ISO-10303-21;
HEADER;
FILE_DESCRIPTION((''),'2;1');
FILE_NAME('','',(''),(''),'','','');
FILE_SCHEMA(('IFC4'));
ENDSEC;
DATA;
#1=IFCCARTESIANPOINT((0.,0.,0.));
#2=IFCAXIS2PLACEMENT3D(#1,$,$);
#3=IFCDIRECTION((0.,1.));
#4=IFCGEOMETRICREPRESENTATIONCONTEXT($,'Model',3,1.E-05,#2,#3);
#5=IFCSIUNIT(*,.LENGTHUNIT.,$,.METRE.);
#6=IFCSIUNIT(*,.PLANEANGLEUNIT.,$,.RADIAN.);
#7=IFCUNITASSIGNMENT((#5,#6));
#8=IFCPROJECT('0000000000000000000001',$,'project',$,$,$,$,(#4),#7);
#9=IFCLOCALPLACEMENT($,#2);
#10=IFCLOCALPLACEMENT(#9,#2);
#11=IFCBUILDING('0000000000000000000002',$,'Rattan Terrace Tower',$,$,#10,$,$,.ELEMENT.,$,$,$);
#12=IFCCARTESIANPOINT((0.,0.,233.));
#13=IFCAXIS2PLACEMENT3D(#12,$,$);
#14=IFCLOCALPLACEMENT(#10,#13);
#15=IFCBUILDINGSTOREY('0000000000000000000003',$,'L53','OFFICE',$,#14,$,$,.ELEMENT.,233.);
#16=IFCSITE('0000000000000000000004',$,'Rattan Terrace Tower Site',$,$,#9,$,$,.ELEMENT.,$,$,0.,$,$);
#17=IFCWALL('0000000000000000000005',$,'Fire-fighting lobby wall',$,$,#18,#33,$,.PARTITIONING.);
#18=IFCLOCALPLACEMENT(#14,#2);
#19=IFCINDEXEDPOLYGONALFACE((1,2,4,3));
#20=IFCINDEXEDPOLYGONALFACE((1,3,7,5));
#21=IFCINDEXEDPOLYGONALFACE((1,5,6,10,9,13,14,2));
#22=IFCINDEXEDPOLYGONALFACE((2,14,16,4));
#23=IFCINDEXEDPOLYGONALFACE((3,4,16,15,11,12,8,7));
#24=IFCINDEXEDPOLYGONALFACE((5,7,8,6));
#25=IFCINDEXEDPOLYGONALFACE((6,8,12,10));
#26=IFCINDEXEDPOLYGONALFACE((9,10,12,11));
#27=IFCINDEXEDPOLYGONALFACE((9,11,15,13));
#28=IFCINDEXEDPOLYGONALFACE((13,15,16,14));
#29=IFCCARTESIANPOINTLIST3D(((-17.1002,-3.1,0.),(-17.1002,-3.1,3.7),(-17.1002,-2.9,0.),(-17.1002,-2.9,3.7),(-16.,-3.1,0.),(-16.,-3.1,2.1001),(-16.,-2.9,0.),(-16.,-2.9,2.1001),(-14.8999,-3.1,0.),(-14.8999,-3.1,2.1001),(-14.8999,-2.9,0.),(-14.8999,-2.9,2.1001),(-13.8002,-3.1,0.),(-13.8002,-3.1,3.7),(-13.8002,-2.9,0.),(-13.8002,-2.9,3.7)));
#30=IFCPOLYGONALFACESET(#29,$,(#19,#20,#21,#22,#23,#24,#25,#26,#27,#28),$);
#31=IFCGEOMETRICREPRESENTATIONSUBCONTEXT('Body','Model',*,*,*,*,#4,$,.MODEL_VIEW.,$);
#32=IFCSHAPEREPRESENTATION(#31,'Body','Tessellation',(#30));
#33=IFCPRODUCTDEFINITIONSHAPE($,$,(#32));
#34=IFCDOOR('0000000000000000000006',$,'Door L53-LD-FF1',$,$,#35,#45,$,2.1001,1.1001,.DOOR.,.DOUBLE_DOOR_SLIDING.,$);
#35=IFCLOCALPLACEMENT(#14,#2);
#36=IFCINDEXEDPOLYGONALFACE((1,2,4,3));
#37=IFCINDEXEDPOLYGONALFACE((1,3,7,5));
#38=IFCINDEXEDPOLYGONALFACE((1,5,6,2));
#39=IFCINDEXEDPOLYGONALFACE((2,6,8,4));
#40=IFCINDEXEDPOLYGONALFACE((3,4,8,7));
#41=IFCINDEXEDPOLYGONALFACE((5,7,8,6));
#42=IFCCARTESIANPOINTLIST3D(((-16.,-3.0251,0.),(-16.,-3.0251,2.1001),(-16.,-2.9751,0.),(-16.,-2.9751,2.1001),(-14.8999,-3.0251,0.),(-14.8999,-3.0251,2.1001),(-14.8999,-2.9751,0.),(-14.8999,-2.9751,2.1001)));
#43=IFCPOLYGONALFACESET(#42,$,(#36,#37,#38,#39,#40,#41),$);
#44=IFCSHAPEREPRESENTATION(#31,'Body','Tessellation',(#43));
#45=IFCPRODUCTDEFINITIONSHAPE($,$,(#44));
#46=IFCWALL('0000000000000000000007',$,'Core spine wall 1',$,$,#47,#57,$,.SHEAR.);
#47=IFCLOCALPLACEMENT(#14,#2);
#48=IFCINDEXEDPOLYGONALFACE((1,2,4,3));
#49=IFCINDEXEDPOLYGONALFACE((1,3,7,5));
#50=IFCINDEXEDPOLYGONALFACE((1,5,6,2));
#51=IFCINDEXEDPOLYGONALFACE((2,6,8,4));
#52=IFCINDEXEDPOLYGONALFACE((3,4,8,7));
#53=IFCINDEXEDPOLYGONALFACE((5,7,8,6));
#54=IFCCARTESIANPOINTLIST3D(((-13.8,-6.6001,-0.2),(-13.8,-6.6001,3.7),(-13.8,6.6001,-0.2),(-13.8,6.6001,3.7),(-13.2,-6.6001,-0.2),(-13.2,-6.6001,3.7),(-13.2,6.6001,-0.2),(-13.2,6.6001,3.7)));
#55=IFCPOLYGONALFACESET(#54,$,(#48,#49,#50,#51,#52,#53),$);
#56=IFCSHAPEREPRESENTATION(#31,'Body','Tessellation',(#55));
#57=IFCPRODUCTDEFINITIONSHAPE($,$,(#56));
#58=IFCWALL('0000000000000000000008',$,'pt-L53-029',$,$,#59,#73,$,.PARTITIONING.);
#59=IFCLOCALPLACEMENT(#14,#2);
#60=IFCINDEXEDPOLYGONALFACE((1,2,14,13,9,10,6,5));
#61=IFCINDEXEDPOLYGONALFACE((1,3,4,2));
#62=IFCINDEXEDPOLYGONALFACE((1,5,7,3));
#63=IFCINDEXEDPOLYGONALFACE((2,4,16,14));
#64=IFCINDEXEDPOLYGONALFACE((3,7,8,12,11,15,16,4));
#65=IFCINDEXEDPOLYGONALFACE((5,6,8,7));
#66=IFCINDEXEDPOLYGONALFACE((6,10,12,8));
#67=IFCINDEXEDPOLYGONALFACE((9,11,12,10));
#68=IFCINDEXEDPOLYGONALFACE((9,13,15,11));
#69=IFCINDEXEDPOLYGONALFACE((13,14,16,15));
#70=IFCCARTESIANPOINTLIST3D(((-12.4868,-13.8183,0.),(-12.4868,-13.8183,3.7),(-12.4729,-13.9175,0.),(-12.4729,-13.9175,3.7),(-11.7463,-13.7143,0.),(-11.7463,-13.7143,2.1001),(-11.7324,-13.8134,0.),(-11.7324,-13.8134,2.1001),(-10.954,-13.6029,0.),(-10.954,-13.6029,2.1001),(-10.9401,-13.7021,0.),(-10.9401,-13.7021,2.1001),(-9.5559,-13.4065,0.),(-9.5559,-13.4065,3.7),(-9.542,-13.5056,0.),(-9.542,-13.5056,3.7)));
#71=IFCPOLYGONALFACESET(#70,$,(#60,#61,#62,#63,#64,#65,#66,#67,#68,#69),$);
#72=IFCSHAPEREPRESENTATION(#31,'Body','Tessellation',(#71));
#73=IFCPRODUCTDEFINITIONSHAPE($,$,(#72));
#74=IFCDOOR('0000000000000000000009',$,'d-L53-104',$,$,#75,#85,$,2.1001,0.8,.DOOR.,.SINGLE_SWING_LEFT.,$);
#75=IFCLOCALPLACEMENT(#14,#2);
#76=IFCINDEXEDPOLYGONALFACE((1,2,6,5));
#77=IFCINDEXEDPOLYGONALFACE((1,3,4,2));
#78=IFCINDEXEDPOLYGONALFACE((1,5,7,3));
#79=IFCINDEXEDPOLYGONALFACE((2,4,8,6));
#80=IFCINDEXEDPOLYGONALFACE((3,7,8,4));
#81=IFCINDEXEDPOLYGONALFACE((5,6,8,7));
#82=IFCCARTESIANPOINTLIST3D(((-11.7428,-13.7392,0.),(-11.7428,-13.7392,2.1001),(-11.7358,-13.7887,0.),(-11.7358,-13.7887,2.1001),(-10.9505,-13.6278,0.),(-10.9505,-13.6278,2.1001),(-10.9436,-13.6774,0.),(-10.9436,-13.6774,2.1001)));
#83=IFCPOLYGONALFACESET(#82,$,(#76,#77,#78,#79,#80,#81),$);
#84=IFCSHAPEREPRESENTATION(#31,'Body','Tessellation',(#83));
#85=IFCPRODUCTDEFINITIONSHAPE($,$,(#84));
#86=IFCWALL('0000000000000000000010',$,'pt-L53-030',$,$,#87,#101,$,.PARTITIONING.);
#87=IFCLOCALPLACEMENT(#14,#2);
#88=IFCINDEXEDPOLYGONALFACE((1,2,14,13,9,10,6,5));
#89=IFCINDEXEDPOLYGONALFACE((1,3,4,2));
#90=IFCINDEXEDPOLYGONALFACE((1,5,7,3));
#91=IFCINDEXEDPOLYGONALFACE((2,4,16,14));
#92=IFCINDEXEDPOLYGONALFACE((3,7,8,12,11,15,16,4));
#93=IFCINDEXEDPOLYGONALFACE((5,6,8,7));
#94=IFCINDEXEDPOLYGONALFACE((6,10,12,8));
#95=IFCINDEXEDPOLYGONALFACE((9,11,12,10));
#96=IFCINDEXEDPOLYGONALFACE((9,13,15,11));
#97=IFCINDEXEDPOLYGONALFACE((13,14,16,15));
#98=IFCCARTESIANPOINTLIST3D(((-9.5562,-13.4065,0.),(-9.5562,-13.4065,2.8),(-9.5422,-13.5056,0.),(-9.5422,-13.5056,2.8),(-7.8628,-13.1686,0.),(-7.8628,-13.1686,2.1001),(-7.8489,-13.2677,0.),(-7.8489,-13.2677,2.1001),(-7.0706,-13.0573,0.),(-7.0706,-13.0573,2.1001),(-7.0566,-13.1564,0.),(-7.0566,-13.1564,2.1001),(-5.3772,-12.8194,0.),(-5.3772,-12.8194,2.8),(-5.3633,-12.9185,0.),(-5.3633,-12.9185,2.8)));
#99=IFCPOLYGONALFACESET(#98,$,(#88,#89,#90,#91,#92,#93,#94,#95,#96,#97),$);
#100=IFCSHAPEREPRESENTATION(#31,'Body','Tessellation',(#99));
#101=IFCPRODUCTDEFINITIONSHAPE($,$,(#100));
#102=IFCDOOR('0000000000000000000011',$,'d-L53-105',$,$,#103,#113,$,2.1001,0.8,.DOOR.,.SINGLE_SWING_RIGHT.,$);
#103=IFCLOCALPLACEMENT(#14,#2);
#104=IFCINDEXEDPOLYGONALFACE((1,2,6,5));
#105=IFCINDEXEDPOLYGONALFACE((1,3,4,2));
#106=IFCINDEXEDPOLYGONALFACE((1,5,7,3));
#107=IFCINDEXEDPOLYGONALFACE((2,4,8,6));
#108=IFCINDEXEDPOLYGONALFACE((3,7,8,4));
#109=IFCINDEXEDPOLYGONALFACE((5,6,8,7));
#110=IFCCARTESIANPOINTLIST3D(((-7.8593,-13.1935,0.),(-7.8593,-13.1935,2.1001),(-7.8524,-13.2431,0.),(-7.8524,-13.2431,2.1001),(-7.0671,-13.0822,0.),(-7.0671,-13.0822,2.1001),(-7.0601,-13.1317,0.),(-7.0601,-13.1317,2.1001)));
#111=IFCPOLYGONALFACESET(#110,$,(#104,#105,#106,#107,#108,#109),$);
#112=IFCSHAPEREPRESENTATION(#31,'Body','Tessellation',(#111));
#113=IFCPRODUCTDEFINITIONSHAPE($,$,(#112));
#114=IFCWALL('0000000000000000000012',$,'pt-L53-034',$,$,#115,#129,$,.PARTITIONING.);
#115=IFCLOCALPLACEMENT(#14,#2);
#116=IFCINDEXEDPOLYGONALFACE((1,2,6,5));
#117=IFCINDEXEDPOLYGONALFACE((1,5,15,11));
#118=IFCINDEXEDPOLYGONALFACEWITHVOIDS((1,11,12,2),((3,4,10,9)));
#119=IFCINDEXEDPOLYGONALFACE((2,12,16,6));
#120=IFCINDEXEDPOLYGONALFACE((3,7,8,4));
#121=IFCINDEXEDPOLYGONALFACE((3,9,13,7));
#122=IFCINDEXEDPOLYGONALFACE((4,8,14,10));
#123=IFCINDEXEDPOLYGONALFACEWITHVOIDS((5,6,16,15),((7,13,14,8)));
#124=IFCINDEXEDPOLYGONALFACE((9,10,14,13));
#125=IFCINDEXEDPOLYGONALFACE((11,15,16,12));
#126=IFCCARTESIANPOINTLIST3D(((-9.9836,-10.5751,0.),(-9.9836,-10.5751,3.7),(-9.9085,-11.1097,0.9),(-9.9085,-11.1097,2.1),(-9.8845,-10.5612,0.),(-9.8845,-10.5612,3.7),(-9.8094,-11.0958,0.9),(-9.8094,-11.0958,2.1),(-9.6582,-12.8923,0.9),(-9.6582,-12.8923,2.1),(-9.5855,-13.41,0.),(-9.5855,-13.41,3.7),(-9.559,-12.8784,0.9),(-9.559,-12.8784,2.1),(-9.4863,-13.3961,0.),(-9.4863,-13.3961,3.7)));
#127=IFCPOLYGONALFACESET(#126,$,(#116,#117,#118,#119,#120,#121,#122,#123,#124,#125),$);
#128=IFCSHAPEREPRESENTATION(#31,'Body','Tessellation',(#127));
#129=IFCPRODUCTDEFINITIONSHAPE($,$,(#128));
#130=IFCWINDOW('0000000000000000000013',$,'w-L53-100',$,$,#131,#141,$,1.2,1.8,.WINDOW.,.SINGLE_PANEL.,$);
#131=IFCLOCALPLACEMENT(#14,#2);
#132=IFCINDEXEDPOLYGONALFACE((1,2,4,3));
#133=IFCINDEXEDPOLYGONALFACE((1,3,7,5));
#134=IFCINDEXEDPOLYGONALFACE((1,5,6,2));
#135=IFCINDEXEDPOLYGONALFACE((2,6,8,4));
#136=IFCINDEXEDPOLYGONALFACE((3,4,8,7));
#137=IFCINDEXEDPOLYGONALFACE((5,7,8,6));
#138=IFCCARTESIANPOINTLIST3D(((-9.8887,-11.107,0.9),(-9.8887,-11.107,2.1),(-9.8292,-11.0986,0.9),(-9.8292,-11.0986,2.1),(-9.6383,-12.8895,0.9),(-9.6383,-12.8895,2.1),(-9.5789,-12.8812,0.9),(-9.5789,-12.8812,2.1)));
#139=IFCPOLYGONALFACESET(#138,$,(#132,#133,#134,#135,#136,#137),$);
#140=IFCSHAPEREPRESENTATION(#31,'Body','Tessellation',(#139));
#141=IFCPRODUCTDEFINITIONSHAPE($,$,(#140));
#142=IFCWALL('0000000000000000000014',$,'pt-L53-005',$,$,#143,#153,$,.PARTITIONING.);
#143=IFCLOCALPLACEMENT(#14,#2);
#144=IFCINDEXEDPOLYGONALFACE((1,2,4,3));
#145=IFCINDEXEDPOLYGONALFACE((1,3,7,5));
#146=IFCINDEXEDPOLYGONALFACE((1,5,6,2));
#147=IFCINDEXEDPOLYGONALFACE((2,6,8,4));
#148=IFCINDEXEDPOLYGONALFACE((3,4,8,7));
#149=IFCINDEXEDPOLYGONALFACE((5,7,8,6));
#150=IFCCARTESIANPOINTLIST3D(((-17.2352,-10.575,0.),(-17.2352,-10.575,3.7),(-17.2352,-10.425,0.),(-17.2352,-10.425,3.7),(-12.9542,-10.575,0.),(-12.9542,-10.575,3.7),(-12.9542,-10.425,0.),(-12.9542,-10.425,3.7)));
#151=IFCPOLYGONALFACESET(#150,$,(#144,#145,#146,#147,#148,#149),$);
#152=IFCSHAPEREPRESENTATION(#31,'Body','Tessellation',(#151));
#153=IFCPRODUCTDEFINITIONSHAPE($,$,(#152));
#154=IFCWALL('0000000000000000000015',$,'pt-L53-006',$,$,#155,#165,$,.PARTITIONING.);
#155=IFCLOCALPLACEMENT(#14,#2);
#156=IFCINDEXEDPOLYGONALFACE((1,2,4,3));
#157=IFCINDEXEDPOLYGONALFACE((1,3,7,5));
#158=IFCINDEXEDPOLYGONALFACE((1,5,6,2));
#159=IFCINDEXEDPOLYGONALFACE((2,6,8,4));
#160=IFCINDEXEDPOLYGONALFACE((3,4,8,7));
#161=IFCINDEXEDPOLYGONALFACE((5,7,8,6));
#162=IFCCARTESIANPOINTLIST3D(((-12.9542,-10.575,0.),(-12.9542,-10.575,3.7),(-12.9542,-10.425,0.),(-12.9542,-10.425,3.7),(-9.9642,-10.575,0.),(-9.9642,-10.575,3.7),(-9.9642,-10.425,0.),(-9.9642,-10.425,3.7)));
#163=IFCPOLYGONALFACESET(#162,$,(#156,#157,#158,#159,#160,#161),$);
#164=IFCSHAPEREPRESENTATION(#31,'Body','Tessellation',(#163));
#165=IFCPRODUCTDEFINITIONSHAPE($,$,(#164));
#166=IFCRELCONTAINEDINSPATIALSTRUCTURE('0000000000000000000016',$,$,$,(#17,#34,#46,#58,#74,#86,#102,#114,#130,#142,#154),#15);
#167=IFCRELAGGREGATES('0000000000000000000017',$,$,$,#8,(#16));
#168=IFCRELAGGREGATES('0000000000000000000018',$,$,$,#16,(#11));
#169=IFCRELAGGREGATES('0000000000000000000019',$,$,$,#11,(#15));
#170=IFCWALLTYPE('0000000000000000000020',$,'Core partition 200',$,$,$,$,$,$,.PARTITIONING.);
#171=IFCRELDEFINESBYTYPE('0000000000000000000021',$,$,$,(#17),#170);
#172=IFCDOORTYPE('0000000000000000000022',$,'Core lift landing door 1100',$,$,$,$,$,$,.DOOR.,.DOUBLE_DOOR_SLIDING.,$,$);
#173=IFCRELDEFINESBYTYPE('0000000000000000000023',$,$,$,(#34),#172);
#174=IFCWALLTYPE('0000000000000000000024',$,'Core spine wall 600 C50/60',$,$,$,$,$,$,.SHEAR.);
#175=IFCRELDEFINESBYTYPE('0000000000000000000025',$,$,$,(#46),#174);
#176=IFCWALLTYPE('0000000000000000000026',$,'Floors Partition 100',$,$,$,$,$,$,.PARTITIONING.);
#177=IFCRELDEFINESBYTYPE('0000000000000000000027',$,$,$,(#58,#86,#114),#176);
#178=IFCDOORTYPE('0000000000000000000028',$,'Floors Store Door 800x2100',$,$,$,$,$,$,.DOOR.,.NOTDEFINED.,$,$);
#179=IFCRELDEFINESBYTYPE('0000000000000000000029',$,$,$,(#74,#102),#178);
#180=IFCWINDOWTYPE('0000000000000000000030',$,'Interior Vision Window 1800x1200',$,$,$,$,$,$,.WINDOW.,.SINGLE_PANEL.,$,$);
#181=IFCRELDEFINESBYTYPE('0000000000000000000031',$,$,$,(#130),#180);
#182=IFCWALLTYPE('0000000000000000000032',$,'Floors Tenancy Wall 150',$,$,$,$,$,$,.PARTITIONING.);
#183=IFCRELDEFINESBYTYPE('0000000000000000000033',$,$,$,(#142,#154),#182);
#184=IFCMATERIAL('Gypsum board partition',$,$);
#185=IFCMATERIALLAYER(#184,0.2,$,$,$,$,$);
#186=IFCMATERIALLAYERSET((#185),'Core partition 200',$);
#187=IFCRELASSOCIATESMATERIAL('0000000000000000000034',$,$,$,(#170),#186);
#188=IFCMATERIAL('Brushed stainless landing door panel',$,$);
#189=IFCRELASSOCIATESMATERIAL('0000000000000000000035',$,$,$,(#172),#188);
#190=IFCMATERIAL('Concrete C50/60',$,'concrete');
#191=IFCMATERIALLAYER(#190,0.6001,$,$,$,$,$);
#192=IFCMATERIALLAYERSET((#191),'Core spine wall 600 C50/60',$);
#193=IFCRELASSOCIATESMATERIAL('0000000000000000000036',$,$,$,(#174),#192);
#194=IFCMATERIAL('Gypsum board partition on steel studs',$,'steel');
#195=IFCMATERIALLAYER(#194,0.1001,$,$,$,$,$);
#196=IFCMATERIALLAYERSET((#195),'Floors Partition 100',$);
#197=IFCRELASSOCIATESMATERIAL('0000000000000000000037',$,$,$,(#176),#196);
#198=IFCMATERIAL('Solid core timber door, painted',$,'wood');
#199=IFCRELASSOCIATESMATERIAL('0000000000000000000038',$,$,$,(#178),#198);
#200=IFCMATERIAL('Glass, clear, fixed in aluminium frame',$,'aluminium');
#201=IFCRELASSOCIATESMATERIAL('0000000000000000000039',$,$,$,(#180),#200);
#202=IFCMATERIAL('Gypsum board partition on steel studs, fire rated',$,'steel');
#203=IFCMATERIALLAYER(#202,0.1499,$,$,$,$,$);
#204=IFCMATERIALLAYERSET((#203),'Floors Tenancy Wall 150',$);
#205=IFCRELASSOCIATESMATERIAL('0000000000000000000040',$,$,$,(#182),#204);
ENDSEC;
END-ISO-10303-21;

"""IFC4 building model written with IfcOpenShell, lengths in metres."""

from ifc_helpers import new_model, si_unit, direction, frame, frame_2d, origin, place, context, subcontext, project, spatial, rectangle, extrude, material, layer, layer_set, type_object, element, fill, save


model = new_model("IFC4")

# Units and contexts
model_context = context("Model", 3, precision=1e-05, world=origin(), true_north=direction((0.0, 1.0)))
body_context = subcontext(model_context, "Body", "Model", "MODEL_VIEW")
ifc_project = project(units=[si_unit("LENGTHUNIT", "METRE"), si_unit("PLANEANGLEUNIT", "RADIAN")], contexts=[model_context])

# Site, building, storey
site_placement = place(None, origin())
site = spatial("IfcSite", under=ifc_project, at=site_placement, Name="Rattan Terrace Tower Site", CompositionType="ELEMENT", RefElevation=0.0)
building_placement = place(site_placement, origin())
building = spatial("IfcBuilding", under=site, at=building_placement, Name="Rattan Terrace Tower", CompositionType="ELEMENT")
storey_placement = place(building_placement, frame((0.0, 0.0, 233.0)))
storey = spatial("IfcBuildingStorey", under=building, at=storey_placement, Name="L53", Description="OFFICE", CompositionType="ELEMENT", Elevation=233.0)

# Wall, opening, door
ifc_material_1 = material(Name="Gypsum board partition")
ifc_layer_1 = layer(ifc_material_1, 0.2)
ifc_layer_set_1 = layer_set([ifc_layer_1], Name="Core partition 200")
wall_type_1 = type_object("IfcWallType", Name="Core partition 200", PredefinedType="PARTITIONING", material=ifc_layer_set_1)
wall_1_placement = place(storey_placement, frame((-17.1001, -3.0, 0.0), z_axis=(0.0, 0.0, 1.0), x_axis=(1.0, 0.0, 0.0)))
wall_1 = element("IfcWall", 1, at=wall_1_placement, inside=storey, type_object=wall_type_1, Name="Fire-fighting lobby wall", PredefinedType="PARTITIONING", context=body_context, shape_type="SweptSolid", body=[
    extrude(rectangle(XDim=3.3, YDim=0.2, at=frame_2d((1.6499, 0.0))), origin(), (0.0, 0.0, 1.0), 3.7),
])
opening_1_placement = place(wall_1_placement, frame((1.1001, 0.0, 0.0)))
opening_1 = element("IfcOpeningElement", 2, at=opening_1_placement, cuts=wall_1, PredefinedType="OPENING", context=body_context, shape_type="SweptSolid", body=[
    extrude(rectangle(XDim=1.1001, YDim=2.1001, at=frame_2d((0.55, 1.05))), frame((0.0, 0.1106, 0.0), z_axis=(0.0, -1.0, 0.0), x_axis=(1.0, 0.0, 0.0)), (0.0, 0.0, 1.0), 0.2209),
])
ifc_material_2 = material(Name="Brushed stainless landing door panel")
door_type_1 = type_object("IfcDoorType", Name="Core lift landing door 1100", OperationType="DOUBLE_DOOR_SLIDING", PredefinedType="DOOR", material=ifc_material_2)
door_1_placement = place(opening_1_placement, origin())
door_1 = element("IfcDoor", 3, at=door_1_placement, inside=storey, type_object=door_type_1, Name="Door L53-LD-FF1", OperationType="DOUBLE_DOOR_SLIDING", OverallHeight=2.1001, OverallWidth=1.1001, PredefinedType="DOOR", context=body_context, shape_type="SweptSolid", body=[
    extrude(rectangle(XDim=1.1001, YDim=2.1001, at=frame_2d((0.55, 1.05))), frame((0.0, 0.0249, 0.0), z_axis=(0.0, -1.0, 0.0), x_axis=(1.0, 0.0, 0.0)), (0.0, 0.0, 1.0), 0.05),
])
fill(opening_1, door_1)

# Wall
ifc_material_3 = material(Name="Concrete C50/60", Category="concrete")
ifc_layer_2 = layer(ifc_material_3, 0.6001)
ifc_layer_set_2 = layer_set([ifc_layer_2], Name="Core spine wall 600 C50/60")
wall_type_2 = type_object("IfcWallType", Name="Core spine wall 600 C50/60", PredefinedType="SHEAR", material=ifc_layer_set_2)
wall_2_placement = place(storey_placement, frame((-13.5, -6.6001, -0.2), z_axis=(0.0, 0.0, 1.0), x_axis=(0.0, 1.0, 0.0)))
element("IfcWall", 4, at=wall_2_placement, inside=storey, type_object=wall_type_2, Name="Core spine wall 1", PredefinedType="SHEAR", context=body_context, shape_type="SweptSolid", body=[
    extrude(rectangle(XDim=13.2002, YDim=0.6001, at=frame_2d((6.6001, 0.0))), origin(), (0.0, 0.0, 1.0), 3.8999),
])

# Walls, openings, doors
ifc_material_4 = material(Name="Gypsum board partition on steel studs", Category="steel")
ifc_layer_3 = layer(ifc_material_4, 0.1001)
ifc_layer_set_3 = layer_set([ifc_layer_3], Name="Floors Partition 100")
wall_type_3 = type_object("IfcWallType", Name="Floors Partition 100", PredefinedType="PARTITIONING", material=ifc_layer_set_3)
wall_3_placement = place(storey_placement, frame((-12.48, -13.8679, 0.0), z_axis=(0.0, 0.0, 1.0), x_axis=(0.99027, 0.139158, 0.0)))
wall_3 = element("IfcWall", 5, at=wall_3_placement, inside=storey, type_object=wall_type_3, Name="pt-L53-029", PredefinedType="PARTITIONING", context=body_context, shape_type="SweptSolid", body=[
    extrude(rectangle(XDim=2.9597, YDim=0.1001, at=frame_2d((1.48, 0.0))), origin(), (0.0, 0.0, 1.0), 3.7),
])
opening_2_placement = place(wall_3_placement, frame((0.748, 0.0, 0.0)))
opening_2 = element("IfcOpeningElement", 6, at=opening_2_placement, cuts=wall_3, PredefinedType="OPENING", context=body_context, shape_type="SweptSolid", body=[
    extrude(rectangle(XDim=0.8, YDim=2.1001, at=frame_2d((0.3999, 1.05))), frame((0.0, 0.0605, 0.0), z_axis=(0.0, -1.0, 0.0), x_axis=(1.0, 0.0, 0.0)), (0.0, 0.0, 1.0), 0.1211),
])
ifc_material_5 = material(Name="Solid core timber door, painted", Category="wood")
door_type_2 = type_object("IfcDoorType", Name="Floors Store Door 800x2100", OperationType="NOTDEFINED", PredefinedType="DOOR", material=ifc_material_5)
door_2_placement = place(opening_2_placement, origin())
door_2 = element("IfcDoor", 7, at=door_2_placement, inside=storey, type_object=door_type_2, Name="d-L53-104", OperationType="SINGLE_SWING_LEFT", OverallHeight=2.1001, OverallWidth=0.8, PredefinedType="DOOR", context=body_context, shape_type="SweptSolid", body=[
    extrude(rectangle(XDim=0.8, YDim=2.1001, at=frame_2d((0.3999, 1.05))), frame((0.0, 0.0249, 0.0), z_axis=(0.0, -1.0, 0.0), x_axis=(1.0, 0.0, 0.0)), (0.0, 0.0, 1.0), 0.05),
])
fill(opening_2, door_2)
wall_4_placement = place(storey_placement, frame((-9.5491, -13.4561, 0.0), z_axis=(0.0, 0.0, 1.0), x_axis=(0.990273, 0.139137, 0.0)))
wall_4 = element("IfcWall", 8, at=wall_4_placement, inside=storey, type_object=wall_type_3, Name="pt-L53-030", PredefinedType="PARTITIONING", context=body_context, shape_type="SweptSolid", body=[
    extrude(rectangle(XDim=4.22, YDim=0.1001, at=frame_2d((2.1099, 0.0))), origin(), (0.0, 0.0, 1.0), 2.8),
])
opening_3_placement = place(wall_4_placement, frame((1.71, 0.0, 0.0)))
opening_3 = element("IfcOpeningElement", 9, at=opening_3_placement, cuts=wall_4, PredefinedType="OPENING", context=body_context, shape_type="SweptSolid", body=[
    extrude(rectangle(XDim=0.8, YDim=2.1001, at=frame_2d((0.3999, 1.05))), frame((0.0, 0.0605, 0.0), z_axis=(0.0, -1.0, 0.0), x_axis=(1.0, 0.0, 0.0)), (0.0, 0.0, 1.0), 0.1211),
])
door_3_placement = place(opening_3_placement, origin())
door_3 = element("IfcDoor", 10, at=door_3_placement, inside=storey, type_object=door_type_2, Name="d-L53-105", OperationType="SINGLE_SWING_RIGHT", OverallHeight=2.1001, OverallWidth=0.8, PredefinedType="DOOR", context=body_context, shape_type="SweptSolid", body=[
    extrude(rectangle(XDim=0.8, YDim=2.1001, at=frame_2d((0.3999, 1.05))), frame((0.0, 0.0249, 0.0), z_axis=(0.0, -1.0, 0.0), x_axis=(1.0, 0.0, 0.0)), (0.0, 0.0, 1.0), 0.05),
])
fill(opening_3, door_3)

# Wall, opening, window
wall_5_placement = place(storey_placement, frame((-9.9341, -10.5681, 0.0), z_axis=(0.0, 0.0, 1.0), x_axis=(0.139093, -0.990279, 0.0)))
wall_5 = element("IfcWall", 11, at=wall_5_placement, inside=storey, type_object=wall_type_3, Name="pt-L53-034", PredefinedType="PARTITIONING", context=body_context, shape_type="SweptSolid", body=[
    extrude(rectangle(XDim=2.8628, YDim=0.1001, at=frame_2d((1.4314, 0.0))), origin(), (0.0, 0.0, 1.0), 3.7),
])
opening_4_placement = place(wall_5_placement, frame((0.54, 0.0, 0.8999)))
opening_4 = element("IfcOpeningElement", 12, at=opening_4_placement, cuts=wall_5, PredefinedType="OPENING", context=body_context, shape_type="SweptSolid", body=[
    extrude(rectangle(XDim=1.8, YDim=1.2, at=frame_2d((0.8999, 0.6001))), frame((0.0, 0.0605, 0.0), z_axis=(0.0, -1.0, 0.0), x_axis=(1.0, 0.0, 0.0)), (0.0, 0.0, 1.0), 0.1211),
])
ifc_material_6 = material(Name="Glass, clear, fixed in aluminium frame", Category="aluminium")
window_type = type_object("IfcWindowType", Name="Interior Vision Window 1800x1200", PartitioningType="SINGLE_PANEL", PredefinedType="WINDOW", material=ifc_material_6)
window_placement = place(opening_4_placement, origin())
window = element("IfcWindow", 13, at=window_placement, inside=storey, type_object=window_type, Name="w-L53-100", OverallHeight=1.2, OverallWidth=1.8, PartitioningType="SINGLE_PANEL", PredefinedType="WINDOW", context=body_context, shape_type="SweptSolid", body=[
    extrude(rectangle(XDim=1.8, YDim=1.2, at=frame_2d((0.8999, 0.6001))), frame((0.0, 0.03, 0.0), z_axis=(0.0, -1.0, 0.0), x_axis=(1.0, 0.0, 0.0)), (0.0, 0.0, 1.0), 0.0601),
])
fill(opening_4, window)

# Walls
ifc_material_7 = material(Name="Gypsum board partition on steel studs, fire rated", Category="steel")
ifc_layer_4 = layer(ifc_material_7, 0.1499)
ifc_layer_set_4 = layer_set([ifc_layer_4], Name="Floors Tenancy Wall 150")
wall_type_4 = type_object("IfcWallType", Name="Floors Tenancy Wall 150", PredefinedType="PARTITIONING", material=ifc_layer_set_4)
wall_6_placement = place(storey_placement, frame((-12.9541, -10.5, 0.0), z_axis=(0.0, 0.0, 1.0), x_axis=(-1.0, 0.0, 0.0)))
element("IfcWall", 14, at=wall_6_placement, inside=storey, type_object=wall_type_4, Name="pt-L53-005", PredefinedType="PARTITIONING", context=body_context, shape_type="SweptSolid", body=[
    extrude(rectangle(XDim=4.281, YDim=0.1499, at=frame_2d((2.1406, 0.0))), origin(), (0.0, 0.0, 1.0), 3.7),
])
wall_7_placement = place(storey_placement, frame((-9.9641, -10.5, 0.0), z_axis=(0.0, 0.0, 1.0), x_axis=(-1.0, 0.0, 0.0)))
element("IfcWall", 15, at=wall_7_placement, inside=storey, type_object=wall_type_4, Name="pt-L53-006", PredefinedType="PARTITIONING", context=body_context, shape_type="SweptSolid", body=[
    extrude(rectangle(XDim=2.99, YDim=0.1499, at=frame_2d((1.4951, 0.0))), origin(), (0.0, 0.0, 1.0), 3.7),
])

save(model, "model.ifc")
